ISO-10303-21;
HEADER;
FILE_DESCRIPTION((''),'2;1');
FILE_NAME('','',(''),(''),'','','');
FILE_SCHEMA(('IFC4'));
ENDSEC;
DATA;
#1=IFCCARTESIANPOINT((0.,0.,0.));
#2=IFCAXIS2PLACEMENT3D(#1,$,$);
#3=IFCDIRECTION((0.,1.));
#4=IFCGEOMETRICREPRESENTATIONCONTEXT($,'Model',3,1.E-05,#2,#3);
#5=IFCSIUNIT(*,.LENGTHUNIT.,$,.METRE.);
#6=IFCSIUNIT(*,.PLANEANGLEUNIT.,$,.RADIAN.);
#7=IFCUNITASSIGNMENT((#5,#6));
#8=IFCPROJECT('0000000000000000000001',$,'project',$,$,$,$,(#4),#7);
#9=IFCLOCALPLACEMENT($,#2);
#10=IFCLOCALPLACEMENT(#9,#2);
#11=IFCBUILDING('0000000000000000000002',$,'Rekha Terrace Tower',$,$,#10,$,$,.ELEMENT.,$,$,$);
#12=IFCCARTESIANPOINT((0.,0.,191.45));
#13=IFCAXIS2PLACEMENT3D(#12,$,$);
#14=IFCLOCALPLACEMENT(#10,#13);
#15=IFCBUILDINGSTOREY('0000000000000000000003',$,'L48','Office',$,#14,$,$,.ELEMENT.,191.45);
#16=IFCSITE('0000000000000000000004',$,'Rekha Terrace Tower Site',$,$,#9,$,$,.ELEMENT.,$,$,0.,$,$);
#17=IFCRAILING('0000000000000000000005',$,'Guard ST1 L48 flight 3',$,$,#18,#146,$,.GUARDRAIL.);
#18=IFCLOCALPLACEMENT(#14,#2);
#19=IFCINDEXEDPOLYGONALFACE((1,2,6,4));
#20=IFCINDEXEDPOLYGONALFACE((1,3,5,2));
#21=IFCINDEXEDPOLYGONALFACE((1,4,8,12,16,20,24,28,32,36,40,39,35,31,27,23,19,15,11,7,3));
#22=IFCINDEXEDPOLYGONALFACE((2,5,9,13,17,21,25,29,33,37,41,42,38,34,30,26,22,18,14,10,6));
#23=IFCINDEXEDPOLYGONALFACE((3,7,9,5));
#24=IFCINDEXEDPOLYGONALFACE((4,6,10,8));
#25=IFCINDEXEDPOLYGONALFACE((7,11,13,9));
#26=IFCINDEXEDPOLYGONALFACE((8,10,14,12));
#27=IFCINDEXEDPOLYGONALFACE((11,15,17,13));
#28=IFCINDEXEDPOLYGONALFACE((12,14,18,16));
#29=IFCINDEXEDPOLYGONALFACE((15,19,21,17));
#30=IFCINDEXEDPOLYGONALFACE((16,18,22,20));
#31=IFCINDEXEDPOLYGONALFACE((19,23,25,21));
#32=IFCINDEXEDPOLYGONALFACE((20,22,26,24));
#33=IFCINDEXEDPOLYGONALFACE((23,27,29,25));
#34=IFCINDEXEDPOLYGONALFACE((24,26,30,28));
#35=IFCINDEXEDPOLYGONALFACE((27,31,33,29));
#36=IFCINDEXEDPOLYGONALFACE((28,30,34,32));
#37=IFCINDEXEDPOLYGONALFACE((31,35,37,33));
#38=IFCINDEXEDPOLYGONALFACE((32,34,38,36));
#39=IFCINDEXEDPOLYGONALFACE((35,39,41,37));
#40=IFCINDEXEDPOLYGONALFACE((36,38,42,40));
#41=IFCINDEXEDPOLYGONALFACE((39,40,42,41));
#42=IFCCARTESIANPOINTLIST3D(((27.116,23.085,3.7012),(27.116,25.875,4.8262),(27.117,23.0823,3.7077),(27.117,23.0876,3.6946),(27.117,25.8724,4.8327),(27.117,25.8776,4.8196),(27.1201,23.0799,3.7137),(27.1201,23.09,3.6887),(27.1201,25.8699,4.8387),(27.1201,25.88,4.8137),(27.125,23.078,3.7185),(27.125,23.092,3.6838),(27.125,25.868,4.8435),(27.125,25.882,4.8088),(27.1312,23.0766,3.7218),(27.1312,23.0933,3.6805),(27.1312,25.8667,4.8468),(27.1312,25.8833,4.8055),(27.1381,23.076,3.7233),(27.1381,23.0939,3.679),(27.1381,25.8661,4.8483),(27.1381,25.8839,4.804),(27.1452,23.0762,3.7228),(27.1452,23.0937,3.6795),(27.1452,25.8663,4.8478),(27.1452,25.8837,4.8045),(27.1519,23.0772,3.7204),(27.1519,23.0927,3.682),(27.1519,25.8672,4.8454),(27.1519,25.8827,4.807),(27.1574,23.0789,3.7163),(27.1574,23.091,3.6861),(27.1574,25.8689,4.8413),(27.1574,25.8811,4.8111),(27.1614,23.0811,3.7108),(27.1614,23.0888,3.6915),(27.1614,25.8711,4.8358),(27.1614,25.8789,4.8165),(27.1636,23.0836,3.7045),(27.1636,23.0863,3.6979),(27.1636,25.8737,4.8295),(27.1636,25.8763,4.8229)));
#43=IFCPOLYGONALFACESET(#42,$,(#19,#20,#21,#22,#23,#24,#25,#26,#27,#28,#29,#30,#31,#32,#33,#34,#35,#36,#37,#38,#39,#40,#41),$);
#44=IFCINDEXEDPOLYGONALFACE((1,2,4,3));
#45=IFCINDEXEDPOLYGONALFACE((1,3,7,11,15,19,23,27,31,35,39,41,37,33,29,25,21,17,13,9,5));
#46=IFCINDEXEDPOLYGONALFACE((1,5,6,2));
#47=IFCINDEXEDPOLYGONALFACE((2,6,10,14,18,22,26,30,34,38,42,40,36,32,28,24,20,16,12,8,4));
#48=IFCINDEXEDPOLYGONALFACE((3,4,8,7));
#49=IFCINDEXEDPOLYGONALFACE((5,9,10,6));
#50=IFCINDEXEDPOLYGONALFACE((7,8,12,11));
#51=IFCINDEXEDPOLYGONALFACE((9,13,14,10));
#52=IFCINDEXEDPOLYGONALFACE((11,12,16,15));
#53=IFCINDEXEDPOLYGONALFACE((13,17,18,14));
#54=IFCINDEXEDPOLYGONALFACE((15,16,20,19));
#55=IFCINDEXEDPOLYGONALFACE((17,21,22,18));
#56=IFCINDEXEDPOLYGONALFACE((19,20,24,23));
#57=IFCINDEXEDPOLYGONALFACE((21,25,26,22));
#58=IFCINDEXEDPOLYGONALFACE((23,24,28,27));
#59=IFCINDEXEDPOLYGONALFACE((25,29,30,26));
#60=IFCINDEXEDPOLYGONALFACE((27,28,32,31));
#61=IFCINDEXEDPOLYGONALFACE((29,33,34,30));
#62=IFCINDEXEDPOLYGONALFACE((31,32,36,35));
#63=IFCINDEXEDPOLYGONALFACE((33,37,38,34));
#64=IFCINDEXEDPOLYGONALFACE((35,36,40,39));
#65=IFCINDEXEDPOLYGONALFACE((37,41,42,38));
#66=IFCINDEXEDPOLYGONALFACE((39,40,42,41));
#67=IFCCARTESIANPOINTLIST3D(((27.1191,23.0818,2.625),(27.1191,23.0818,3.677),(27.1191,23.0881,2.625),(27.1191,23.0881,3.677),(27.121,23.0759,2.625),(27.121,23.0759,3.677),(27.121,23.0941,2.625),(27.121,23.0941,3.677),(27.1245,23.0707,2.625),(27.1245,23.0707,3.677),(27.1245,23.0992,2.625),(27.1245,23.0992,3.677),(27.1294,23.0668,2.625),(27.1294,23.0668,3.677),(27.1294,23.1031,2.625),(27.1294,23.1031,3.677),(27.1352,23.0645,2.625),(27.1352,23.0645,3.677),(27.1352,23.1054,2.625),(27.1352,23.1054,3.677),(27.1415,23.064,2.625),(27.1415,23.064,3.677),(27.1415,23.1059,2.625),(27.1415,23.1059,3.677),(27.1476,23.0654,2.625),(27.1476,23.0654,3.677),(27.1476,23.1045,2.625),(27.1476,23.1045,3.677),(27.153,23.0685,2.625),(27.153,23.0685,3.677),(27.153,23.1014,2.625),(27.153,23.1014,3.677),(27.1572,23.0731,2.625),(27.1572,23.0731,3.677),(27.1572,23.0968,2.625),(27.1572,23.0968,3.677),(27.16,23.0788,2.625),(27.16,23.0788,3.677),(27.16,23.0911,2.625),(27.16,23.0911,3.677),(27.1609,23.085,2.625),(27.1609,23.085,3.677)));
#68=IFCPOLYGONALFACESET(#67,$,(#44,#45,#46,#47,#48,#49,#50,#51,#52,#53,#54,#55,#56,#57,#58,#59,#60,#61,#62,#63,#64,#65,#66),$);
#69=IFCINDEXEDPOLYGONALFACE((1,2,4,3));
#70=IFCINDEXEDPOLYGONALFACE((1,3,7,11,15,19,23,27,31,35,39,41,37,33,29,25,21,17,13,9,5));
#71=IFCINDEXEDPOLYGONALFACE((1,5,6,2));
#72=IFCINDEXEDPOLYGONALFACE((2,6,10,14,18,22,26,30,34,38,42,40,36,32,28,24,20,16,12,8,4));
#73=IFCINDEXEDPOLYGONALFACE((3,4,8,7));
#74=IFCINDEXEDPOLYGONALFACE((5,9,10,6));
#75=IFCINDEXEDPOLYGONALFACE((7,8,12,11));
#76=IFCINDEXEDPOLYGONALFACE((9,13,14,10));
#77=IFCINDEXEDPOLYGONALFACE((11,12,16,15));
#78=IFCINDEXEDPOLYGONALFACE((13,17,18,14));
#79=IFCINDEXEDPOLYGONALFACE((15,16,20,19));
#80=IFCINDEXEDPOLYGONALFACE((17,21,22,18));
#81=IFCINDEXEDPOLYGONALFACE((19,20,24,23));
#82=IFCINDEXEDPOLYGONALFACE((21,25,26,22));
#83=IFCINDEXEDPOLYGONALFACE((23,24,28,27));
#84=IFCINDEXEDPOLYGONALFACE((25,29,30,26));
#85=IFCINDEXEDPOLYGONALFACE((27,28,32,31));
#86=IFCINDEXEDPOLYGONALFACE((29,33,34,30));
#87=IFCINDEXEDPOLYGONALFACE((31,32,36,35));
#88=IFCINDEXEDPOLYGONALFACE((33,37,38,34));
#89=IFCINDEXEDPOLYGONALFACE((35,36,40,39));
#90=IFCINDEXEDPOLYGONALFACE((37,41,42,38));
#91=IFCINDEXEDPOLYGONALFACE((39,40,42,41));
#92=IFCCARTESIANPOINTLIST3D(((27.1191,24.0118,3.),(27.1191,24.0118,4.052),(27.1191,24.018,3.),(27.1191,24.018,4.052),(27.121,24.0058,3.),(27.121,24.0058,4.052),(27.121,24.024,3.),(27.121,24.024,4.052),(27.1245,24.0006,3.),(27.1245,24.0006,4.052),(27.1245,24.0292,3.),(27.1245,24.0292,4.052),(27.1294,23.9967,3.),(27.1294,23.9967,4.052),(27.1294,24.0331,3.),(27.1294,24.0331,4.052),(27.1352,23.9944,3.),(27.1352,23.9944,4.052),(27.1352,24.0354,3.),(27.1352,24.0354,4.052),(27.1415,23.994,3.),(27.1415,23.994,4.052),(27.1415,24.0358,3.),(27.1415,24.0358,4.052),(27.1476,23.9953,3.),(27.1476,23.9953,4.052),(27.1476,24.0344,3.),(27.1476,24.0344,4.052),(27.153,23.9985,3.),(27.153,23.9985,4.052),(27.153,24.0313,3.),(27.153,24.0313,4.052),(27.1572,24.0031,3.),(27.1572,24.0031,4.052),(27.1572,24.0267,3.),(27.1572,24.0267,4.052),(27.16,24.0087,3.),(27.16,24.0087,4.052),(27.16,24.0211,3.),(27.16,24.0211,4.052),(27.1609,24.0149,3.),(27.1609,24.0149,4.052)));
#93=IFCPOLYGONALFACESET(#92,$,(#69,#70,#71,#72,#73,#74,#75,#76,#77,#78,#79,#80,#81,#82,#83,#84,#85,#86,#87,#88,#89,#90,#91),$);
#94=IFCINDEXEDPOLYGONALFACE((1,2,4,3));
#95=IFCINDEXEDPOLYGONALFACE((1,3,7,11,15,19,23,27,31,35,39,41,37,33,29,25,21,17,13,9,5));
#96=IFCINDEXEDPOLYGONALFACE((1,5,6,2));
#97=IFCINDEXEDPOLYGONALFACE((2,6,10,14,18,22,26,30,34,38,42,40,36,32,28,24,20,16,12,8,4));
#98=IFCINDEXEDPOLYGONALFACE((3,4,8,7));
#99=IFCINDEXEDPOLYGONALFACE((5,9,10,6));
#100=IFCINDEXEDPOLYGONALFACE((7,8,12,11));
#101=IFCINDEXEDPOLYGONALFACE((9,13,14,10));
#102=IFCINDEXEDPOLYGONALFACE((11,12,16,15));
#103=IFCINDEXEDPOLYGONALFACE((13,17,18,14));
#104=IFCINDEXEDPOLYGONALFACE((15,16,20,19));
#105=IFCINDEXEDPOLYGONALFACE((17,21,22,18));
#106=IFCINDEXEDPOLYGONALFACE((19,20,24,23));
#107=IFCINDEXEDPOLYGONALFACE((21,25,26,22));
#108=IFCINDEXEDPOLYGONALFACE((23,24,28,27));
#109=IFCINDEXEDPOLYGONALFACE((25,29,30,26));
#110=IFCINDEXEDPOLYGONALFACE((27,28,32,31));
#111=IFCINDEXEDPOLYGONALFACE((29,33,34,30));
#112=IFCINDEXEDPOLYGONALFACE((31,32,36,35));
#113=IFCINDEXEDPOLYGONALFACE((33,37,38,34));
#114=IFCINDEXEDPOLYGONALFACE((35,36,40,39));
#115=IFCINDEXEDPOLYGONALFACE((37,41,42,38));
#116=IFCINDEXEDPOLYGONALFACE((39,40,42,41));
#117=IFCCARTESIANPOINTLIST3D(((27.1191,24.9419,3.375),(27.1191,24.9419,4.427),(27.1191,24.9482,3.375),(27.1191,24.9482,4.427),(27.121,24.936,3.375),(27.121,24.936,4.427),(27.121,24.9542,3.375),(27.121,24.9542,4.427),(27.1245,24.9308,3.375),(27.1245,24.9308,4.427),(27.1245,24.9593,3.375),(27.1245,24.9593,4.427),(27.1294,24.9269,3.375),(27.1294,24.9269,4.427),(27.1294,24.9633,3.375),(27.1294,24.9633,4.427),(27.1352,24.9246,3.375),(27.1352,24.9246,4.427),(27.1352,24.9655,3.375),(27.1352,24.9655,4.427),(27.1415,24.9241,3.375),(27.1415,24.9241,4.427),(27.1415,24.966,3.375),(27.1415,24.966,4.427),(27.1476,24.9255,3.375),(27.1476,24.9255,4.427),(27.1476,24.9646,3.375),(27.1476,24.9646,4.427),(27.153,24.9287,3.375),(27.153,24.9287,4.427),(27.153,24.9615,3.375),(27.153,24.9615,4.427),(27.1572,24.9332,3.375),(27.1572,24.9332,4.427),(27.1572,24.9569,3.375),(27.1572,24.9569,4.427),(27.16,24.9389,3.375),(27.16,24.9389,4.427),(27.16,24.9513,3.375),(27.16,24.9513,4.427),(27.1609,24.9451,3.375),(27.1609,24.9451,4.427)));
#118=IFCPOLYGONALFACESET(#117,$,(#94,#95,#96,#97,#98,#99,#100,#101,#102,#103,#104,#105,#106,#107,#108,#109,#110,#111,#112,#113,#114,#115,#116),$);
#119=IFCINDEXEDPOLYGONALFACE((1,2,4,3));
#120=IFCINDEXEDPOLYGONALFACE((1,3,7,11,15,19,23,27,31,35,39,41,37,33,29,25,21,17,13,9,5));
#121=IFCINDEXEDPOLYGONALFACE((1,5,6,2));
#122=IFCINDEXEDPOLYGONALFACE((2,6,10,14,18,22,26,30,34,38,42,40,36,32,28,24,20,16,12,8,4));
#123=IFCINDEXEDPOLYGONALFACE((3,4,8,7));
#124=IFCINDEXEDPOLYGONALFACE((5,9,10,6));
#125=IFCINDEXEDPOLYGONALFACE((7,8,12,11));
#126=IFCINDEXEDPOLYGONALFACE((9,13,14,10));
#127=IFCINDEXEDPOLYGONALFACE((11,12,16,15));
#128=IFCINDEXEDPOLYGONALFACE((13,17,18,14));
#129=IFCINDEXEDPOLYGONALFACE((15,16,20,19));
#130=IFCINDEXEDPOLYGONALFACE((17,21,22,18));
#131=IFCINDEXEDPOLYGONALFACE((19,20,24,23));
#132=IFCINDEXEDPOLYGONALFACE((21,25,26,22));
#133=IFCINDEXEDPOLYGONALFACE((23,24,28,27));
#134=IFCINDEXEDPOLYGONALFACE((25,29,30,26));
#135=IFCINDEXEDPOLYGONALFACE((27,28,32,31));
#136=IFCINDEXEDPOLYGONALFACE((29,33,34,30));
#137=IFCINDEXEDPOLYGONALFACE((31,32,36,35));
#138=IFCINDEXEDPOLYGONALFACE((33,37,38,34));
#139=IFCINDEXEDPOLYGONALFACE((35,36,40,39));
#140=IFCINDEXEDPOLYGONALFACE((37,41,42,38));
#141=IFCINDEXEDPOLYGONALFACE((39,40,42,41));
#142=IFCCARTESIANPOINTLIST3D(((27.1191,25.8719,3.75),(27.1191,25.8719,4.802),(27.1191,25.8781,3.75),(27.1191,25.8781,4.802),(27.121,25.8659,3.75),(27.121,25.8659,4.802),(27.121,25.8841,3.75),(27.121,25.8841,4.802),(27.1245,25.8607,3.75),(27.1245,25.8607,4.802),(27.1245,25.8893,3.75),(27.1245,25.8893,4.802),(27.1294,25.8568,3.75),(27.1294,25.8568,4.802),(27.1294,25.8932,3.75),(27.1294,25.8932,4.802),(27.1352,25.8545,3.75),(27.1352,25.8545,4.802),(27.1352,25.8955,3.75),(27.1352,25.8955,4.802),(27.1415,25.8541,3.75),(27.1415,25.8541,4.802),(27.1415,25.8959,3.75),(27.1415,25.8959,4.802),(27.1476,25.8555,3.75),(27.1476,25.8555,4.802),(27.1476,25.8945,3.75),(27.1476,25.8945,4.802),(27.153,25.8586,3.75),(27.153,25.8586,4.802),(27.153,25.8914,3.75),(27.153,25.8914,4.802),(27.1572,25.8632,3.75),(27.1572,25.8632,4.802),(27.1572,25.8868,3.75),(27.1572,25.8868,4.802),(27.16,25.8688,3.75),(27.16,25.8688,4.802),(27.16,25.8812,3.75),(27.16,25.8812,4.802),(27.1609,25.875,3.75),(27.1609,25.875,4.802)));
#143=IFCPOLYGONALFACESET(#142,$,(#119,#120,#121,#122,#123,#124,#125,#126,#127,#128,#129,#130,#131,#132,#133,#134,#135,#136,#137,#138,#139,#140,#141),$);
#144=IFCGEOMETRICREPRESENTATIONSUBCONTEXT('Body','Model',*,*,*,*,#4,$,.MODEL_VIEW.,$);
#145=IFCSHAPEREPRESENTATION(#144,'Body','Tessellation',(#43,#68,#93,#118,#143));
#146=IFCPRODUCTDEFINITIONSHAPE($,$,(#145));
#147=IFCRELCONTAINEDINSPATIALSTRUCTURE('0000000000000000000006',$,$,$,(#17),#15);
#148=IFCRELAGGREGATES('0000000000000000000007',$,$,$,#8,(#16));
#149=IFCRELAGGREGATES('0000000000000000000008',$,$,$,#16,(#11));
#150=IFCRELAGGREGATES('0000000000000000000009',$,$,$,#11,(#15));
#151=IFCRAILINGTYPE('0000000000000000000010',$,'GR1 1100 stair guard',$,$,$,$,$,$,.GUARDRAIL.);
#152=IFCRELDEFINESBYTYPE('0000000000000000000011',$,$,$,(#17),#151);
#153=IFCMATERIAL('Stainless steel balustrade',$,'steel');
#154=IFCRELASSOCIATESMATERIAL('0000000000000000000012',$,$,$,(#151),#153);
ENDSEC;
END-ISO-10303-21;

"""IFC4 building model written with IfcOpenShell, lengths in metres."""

from ifc_helpers import new_model, si_unit, direction, frame, origin, origin_2d, place, context, subcontext, project, spatial, circle, extrude, material, type_object, element, save


model = new_model("IFC4")

# Units and contexts
model_context = context("Model", 3, precision=1e-05, world=origin(), true_north=direction((0.0, 1.0)))
body_context = subcontext(model_context, "Body", "Model", "MODEL_VIEW")
ifc_project = project(units=[si_unit("LENGTHUNIT", "METRE"), si_unit("PLANEANGLEUNIT", "RADIAN")], contexts=[model_context])

# Site, building, storey
site_placement = place(None, origin())
site = spatial("IfcSite", under=ifc_project, at=site_placement, Name="Rekha Terrace Tower Site", CompositionType="ELEMENT", RefElevation=0.0)
building_placement = place(site_placement, origin())
building = spatial("IfcBuilding", under=site, at=building_placement, Name="Rekha Terrace Tower", CompositionType="ELEMENT")
storey_placement = place(building_placement, frame((0.0, 0.0, 191.45)))
storey = spatial("IfcBuildingStorey", under=building, at=storey_placement, Name="L48", Description="Office", CompositionType="ELEMENT", Elevation=191.45)

# Railing
ifc_material_1 = material(Name="Stainless steel balustrade", Category="steel")
railing_type_1 = type_object("IfcRailingType", Name="GR1 1100 stair guard", PredefinedType="GUARDRAIL", material=ifc_material_1)
railing_1_placement = place(storey_placement, frame((27.1399, 23.085, 2.625)))
element("IfcRailing", 1, at=railing_1_placement, inside=storey, type_object=railing_type_1, Name="Guard ST1 L48 flight 3", PredefinedType="GUARDRAIL", context=body_context, shape_type="SweptSolid", body=[
    extrude(circle(Radius=0.0239, at=origin_2d()), frame((0.0, 0.0, 1.0762), z_axis=(0.0, 0.927443, 0.373964), x_axis=(-1.0, 0.0, 0.0)), (0.0, 0.0, 1.0), 3.0083),
    extrude(circle(Radius=0.021, at=origin_2d()), origin(), (0.0, 0.0, 1.0), 1.052),
    extrude(circle(Radius=0.021, at=origin_2d()), frame((0.0, 0.9299, 0.375)), (0.0, 0.0, 1.0), 1.052),
    extrude(circle(Radius=0.021, at=origin_2d()), frame((0.0, 1.8601, 0.75)), (0.0, 0.0, 1.0), 1.052),
    extrude(circle(Radius=0.021, at=origin_2d()), frame((0.0, 2.79, 1.125)), (0.0, 0.0, 1.0), 1.052),
])

save(model, "model.ifc")
